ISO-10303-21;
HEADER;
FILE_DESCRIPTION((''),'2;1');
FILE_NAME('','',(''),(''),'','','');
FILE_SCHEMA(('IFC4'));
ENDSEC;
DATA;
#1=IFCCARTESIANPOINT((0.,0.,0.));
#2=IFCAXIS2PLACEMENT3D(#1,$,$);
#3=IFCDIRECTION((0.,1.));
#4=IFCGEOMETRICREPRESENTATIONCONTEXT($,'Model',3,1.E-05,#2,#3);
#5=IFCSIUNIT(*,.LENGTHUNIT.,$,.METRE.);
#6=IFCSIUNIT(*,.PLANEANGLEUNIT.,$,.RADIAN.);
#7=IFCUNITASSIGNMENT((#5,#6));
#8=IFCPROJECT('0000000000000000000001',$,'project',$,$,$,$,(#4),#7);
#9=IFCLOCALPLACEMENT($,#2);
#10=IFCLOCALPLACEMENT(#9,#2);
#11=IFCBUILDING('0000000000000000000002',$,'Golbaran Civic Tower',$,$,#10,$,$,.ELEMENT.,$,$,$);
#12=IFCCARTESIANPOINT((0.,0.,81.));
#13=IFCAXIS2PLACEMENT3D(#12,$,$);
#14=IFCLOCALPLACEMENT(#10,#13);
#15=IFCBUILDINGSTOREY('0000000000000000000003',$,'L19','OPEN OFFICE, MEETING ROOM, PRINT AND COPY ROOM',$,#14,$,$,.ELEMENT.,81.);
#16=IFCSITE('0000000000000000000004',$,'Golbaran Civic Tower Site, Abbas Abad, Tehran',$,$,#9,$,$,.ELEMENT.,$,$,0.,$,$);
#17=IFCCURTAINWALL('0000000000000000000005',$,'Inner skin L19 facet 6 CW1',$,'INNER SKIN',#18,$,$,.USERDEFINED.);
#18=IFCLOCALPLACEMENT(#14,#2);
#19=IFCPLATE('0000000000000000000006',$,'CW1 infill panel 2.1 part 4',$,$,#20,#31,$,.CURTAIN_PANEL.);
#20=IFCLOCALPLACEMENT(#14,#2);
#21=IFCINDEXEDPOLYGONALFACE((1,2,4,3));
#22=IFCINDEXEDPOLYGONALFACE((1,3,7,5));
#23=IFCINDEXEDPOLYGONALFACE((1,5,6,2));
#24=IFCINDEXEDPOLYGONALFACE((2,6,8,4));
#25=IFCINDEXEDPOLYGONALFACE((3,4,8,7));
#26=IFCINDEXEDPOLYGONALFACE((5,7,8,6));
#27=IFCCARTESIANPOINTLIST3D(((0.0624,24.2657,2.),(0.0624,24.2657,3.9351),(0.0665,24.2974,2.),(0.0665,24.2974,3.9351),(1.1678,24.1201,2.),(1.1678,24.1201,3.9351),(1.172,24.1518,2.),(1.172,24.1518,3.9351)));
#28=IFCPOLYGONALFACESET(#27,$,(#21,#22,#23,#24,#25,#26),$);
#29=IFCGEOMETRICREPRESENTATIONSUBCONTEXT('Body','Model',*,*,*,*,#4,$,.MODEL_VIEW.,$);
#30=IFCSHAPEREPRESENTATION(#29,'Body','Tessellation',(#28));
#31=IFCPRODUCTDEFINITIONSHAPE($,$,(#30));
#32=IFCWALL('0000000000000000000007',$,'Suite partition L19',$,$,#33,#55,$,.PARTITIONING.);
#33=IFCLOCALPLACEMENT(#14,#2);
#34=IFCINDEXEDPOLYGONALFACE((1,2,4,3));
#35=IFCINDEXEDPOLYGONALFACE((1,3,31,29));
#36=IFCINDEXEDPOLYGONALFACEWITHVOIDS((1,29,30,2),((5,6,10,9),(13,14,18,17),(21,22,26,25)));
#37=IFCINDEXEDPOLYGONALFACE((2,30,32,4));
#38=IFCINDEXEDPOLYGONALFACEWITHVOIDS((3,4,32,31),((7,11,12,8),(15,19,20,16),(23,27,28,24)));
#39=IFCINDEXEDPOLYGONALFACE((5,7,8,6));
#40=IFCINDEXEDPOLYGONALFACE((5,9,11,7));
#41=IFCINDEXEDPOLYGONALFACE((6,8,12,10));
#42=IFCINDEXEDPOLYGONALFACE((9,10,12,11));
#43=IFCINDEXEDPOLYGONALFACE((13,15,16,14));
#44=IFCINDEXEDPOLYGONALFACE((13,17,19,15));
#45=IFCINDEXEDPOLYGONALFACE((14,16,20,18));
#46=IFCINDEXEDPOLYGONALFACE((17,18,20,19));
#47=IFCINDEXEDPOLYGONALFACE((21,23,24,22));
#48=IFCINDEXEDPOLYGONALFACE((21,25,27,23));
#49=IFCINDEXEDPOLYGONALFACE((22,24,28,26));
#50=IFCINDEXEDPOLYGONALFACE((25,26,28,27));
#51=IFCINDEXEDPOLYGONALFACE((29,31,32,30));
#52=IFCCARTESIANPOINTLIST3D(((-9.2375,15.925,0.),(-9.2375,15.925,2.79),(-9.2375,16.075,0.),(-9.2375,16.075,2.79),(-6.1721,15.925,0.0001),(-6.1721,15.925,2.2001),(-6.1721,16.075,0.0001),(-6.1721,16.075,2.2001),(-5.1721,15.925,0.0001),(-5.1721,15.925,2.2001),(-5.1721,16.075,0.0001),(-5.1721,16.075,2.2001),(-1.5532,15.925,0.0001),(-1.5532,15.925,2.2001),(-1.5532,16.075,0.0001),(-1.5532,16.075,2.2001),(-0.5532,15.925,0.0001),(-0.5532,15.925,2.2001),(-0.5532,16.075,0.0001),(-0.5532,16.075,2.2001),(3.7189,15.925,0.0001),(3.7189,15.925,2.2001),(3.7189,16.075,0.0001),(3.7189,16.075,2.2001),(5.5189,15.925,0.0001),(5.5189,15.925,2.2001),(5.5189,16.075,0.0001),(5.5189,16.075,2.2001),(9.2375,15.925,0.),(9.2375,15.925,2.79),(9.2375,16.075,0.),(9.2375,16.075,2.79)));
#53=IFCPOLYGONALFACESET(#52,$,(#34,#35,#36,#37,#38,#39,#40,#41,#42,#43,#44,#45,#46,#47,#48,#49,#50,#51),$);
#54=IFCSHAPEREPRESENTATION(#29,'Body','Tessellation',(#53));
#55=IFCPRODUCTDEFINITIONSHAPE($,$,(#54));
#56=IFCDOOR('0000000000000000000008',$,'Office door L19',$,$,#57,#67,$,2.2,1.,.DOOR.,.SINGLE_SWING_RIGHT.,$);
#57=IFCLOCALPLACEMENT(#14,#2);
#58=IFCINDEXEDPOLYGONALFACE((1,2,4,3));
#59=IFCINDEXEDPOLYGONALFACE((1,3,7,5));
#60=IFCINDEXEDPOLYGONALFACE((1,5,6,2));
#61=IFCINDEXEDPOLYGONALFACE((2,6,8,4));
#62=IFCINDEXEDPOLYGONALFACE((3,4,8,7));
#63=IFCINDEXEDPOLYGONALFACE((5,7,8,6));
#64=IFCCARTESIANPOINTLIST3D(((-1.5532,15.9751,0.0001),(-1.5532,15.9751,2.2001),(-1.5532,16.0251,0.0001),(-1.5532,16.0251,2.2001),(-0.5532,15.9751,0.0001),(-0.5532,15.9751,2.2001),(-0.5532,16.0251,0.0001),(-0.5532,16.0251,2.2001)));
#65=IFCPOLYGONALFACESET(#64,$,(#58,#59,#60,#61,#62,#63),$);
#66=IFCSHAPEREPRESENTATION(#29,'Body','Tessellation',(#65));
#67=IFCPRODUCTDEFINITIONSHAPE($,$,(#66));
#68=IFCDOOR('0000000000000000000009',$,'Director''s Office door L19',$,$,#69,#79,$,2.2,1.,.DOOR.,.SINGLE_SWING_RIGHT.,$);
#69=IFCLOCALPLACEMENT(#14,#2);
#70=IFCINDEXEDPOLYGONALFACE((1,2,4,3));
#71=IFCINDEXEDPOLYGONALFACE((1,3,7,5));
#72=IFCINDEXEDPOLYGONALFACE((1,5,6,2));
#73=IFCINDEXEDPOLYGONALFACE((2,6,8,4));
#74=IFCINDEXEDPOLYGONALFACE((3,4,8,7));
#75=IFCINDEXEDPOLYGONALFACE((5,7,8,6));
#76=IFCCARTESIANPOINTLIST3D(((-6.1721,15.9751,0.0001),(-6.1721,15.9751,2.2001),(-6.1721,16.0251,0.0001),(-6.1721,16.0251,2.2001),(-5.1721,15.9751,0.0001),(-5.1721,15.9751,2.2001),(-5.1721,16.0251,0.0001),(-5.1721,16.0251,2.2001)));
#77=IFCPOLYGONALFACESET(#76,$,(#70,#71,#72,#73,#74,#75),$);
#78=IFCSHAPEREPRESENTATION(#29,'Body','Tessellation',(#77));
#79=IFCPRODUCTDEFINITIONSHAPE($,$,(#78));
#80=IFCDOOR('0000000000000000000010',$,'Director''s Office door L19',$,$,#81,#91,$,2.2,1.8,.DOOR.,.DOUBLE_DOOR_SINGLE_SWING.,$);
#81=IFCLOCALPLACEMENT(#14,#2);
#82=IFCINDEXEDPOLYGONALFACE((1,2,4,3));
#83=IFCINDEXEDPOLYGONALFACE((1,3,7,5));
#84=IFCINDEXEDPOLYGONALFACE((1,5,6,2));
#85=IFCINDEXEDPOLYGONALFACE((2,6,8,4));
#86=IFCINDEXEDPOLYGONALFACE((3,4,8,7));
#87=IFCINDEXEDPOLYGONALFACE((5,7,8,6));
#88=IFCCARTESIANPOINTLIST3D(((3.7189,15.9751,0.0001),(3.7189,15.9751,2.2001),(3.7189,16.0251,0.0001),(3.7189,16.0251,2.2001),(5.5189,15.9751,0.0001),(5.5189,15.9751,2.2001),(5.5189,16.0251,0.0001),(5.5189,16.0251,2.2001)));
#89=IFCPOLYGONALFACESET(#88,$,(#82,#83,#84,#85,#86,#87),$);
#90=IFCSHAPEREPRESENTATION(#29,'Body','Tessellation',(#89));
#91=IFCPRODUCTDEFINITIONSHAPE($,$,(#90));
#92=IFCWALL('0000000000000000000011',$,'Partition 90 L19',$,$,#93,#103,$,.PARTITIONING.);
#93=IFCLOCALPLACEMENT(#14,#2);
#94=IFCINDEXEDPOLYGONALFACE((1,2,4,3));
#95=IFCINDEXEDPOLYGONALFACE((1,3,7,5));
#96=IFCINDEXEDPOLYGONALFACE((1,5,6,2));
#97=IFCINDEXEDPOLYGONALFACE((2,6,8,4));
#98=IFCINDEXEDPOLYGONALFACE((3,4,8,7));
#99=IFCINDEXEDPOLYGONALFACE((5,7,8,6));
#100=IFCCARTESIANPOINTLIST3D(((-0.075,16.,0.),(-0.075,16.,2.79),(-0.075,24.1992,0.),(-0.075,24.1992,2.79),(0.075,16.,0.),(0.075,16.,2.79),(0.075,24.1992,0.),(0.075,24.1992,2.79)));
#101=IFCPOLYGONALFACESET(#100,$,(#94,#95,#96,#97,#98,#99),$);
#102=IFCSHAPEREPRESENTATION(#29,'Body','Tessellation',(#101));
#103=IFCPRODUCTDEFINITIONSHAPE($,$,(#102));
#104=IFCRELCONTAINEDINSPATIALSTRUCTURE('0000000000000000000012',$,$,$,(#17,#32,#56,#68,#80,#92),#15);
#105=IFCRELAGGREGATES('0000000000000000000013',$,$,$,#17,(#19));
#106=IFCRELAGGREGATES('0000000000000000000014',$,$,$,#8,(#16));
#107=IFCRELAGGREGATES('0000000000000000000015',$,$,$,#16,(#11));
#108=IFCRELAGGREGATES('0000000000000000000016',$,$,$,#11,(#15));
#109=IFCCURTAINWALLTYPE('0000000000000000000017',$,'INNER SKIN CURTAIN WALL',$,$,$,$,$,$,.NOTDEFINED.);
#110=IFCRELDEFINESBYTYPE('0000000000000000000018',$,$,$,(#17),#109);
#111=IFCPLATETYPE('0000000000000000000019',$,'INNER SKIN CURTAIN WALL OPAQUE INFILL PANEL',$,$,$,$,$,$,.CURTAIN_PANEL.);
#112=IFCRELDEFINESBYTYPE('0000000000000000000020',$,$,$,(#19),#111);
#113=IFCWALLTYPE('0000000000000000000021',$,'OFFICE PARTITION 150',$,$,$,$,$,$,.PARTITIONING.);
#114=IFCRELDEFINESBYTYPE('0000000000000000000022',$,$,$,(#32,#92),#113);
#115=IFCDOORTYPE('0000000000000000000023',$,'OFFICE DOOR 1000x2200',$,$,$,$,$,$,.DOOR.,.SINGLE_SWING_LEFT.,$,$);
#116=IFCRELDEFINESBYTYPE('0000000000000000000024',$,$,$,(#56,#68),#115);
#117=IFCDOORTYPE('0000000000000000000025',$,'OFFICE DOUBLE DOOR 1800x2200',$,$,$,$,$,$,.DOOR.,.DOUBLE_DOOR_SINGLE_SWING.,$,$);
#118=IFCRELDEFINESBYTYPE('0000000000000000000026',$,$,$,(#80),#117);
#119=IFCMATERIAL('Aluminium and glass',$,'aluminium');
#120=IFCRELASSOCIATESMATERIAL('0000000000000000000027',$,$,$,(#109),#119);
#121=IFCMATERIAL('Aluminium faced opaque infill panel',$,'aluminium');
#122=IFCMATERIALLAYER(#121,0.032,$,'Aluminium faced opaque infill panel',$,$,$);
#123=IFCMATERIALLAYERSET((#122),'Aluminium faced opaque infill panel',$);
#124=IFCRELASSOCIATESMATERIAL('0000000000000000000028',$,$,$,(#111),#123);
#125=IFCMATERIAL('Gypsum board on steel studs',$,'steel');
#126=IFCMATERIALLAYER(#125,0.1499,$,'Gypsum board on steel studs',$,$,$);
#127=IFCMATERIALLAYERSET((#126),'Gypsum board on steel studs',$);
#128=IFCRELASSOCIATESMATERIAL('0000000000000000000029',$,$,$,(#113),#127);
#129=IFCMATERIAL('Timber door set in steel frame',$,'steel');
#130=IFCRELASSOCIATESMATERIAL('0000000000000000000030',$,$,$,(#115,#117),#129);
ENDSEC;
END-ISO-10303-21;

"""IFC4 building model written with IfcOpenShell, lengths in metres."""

from ifc_helpers import new_model, si_unit, direction, frame, frame_2d, origin, origin_2d, place, context, subcontext, project, spatial, rectangle, extrude, material, layer, layer_set, type_object, element, fill, aggregate, save


model = new_model("IFC4")

# Units and contexts
model_context = context("Model", 3, precision=1e-05, world=origin(), true_north=direction((0.0, 1.0)))
body_context = subcontext(model_context, "Body", "Model", "MODEL_VIEW")
ifc_project = project(units=[si_unit("LENGTHUNIT", "METRE"), si_unit("PLANEANGLEUNIT", "RADIAN")], contexts=[model_context])

# Site, building, storey
site_placement = place(None, origin())
site = spatial("IfcSite", under=ifc_project, at=site_placement, Name="Golbaran Civic Tower Site, Abbas Abad, Tehran", CompositionType="ELEMENT", RefElevation=0.0)
building_placement = place(site_placement, origin())
building = spatial("IfcBuilding", under=site, at=building_placement, Name="Golbaran Civic Tower", CompositionType="ELEMENT")
storey_placement = place(building_placement, frame((0.0, 0.0, 81.0)))
storey = spatial("IfcBuildingStorey", under=building, at=storey_placement, Name="L19", Description="OPEN OFFICE, MEETING ROOM, PRINT AND COPY ROOM", CompositionType="ELEMENT", Elevation=81.0)

# Curtain wall
ifc_material_1 = material(Name="Aluminium and glass", Category="aluminium")
curtain_wall_type = type_object("IfcCurtainWallType", Name="INNER SKIN CURTAIN WALL", PredefinedType="NOTDEFINED", material=ifc_material_1)
curtain_wall_1_placement = place(storey_placement, origin())
curtain_wall_1 = element("IfcCurtainWall", 1, at=curtain_wall_1_placement, inside=storey, type_object=curtain_wall_type, Name="Inner skin L19 facet 6 CW1", ObjectType="INNER SKIN", PredefinedType="USERDEFINED")

# Plate
ifc_material_2 = material(Name="Aluminium faced opaque infill panel", Category="aluminium")
ifc_layer_1 = layer(ifc_material_2, 0.032, Name="Aluminium faced opaque infill panel")
ifc_layer_set_1 = layer_set([ifc_layer_1], Name="Aluminium faced opaque infill panel")
plate_type_1 = type_object("IfcPlateType", Name="INNER SKIN CURTAIN WALL OPAQUE INFILL PANEL", PredefinedType="CURTAIN_PANEL", material=ifc_layer_set_1)
plate_1_placement = place(storey_placement, frame((0.6172, 24.2087, 2.0), z_axis=(0.0, 0.0, 1.0), x_axis=(-0.991445, 0.130526, 0.0)))
plate_1 = element("IfcPlate", 2, at=plate_1_placement, type_object=plate_type_1, Name="CW1 infill panel 2.1 part 4", PredefinedType="CURTAIN_PANEL", context=body_context, shape_type="SweptSolid", body=[
    extrude(rectangle(XDim=1.115, YDim=0.032, at=origin_2d()), origin(), (0.0, 0.0, 1.0), 1.9351),
])
aggregate(curtain_wall_1, [plate_1])

# Wall, openings, doors
ifc_material_3 = material(Name="Gypsum board on steel studs", Category="steel")
ifc_layer_2 = layer(ifc_material_3, 0.1499, Name="Gypsum board on steel studs")
ifc_layer_set_2 = layer_set([ifc_layer_2], Name="Gypsum board on steel studs")
wall_type = type_object("IfcWallType", Name="OFFICE PARTITION 150", PredefinedType="PARTITIONING", material=ifc_layer_set_2)
wall_1_placement = place(storey_placement, frame((9.2375, 16.0, 0.0), z_axis=(0.0, 0.0, 1.0), x_axis=(-1.0, 0.0, 0.0)))
wall_1 = element("IfcWall", 3, at=wall_1_placement, inside=storey, type_object=wall_type, Name="Suite partition L19", PredefinedType="PARTITIONING", context=body_context, shape_type="SweptSolid", body=[
    extrude(rectangle(XDim=18.4751, YDim=0.1499, at=frame_2d((9.2375, 0.0))), origin(), (0.0, 0.0, 1.0), 2.79),
])
opening_1_placement = place(wall_1_placement, frame((3.7188, 0.0, 0.0)))
opening_1 = element("IfcOpeningElement", 4, at=opening_1_placement, cuts=wall_1, PredefinedType="OPENING", context=body_context, shape_type="SweptSolid", body=[
    extrude(rectangle(XDim=1.8, YDim=2.2, at=frame_2d((0.8999, 1.1001))), frame((0.0, 0.085, 0.0), z_axis=(0.0, -1.0, 0.0), x_axis=(1.0, 0.0, 0.0)), (0.0, 0.0, 1.0), 0.1699),
])
opening_2_placement = place(wall_1_placement, frame((9.7908, 0.0, 0.0)))
opening_2 = element("IfcOpeningElement", 5, at=opening_2_placement, cuts=wall_1, PredefinedType="OPENING", context=body_context, shape_type="SweptSolid", body=[
    extrude(rectangle(XDim=1.0, YDim=2.2, at=frame_2d((0.5, 1.1001))), frame((0.0, 0.085, 0.0), z_axis=(0.0, -1.0, 0.0), x_axis=(1.0, 0.0, 0.0)), (0.0, 0.0, 1.0), 0.1699),
])
opening_3_placement = place(wall_1_placement, frame((14.4097, 0.0, 0.0)))
opening_3 = element("IfcOpeningElement", 6, at=opening_3_placement, cuts=wall_1, PredefinedType="OPENING", context=body_context, shape_type="SweptSolid", body=[
    extrude(rectangle(XDim=1.0, YDim=2.2, at=frame_2d((0.5, 1.1001))), frame((0.0, 0.085, 0.0), z_axis=(0.0, -1.0, 0.0), x_axis=(1.0, 0.0, 0.0)), (0.0, 0.0, 1.0), 0.1699),
])
ifc_material_4 = material(Name="Timber door set in steel frame", Category="steel")
door_type_1 = type_object("IfcDoorType", Name="OFFICE DOOR 1000x2200", OperationType="SINGLE_SWING_LEFT", PredefinedType="DOOR", material=ifc_material_4)
door_1_placement = place(opening_2_placement, origin())
door_1 = element("IfcDoor", 7, at=door_1_placement, inside=storey, type_object=door_type_1, Name="Office door L19", OperationType="SINGLE_SWING_RIGHT", OverallHeight=2.2, OverallWidth=1.0, PredefinedType="DOOR", context=body_context, shape_type="SweptSolid", body=[
    extrude(rectangle(XDim=1.0, YDim=2.2, at=frame_2d((0.5, 1.1001))), frame((0.0, 0.0249, 0.0), z_axis=(0.0, -1.0, 0.0), x_axis=(1.0, 0.0, 0.0)), (0.0, 0.0, 1.0), 0.05),
])
fill(opening_2, door_1)
door_2_placement = place(opening_3_placement, origin())
door_2 = element("IfcDoor", 8, at=door_2_placement, inside=storey, type_object=door_type_1, Name="Director's Office door L19", OperationType="SINGLE_SWING_RIGHT", OverallHeight=2.2, OverallWidth=1.0, PredefinedType="DOOR", context=body_context, shape_type="SweptSolid", body=[
    extrude(rectangle(XDim=1.0, YDim=2.2, at=frame_2d((0.5, 1.1001))), frame((0.0, 0.0249, 0.0), z_axis=(0.0, -1.0, 0.0), x_axis=(1.0, 0.0, 0.0)), (0.0, 0.0, 1.0), 0.05),
])
fill(opening_3, door_2)
door_type_2 = type_object("IfcDoorType", Name="OFFICE DOUBLE DOOR 1800x2200", OperationType="DOUBLE_DOOR_SINGLE_SWING", PredefinedType="DOOR", material=ifc_material_4)
door_3_placement = place(opening_1_placement, origin())
door_3 = element("IfcDoor", 9, at=door_3_placement, inside=storey, type_object=door_type_2, Name="Director's Office door L19", OperationType="DOUBLE_DOOR_SINGLE_SWING", OverallHeight=2.2, OverallWidth=1.8, PredefinedType="DOOR", context=body_context, shape_type="SweptSolid", body=[
    extrude(rectangle(XDim=1.8, YDim=2.2, at=frame_2d((0.8999, 1.1001))), frame((0.0, 0.0249, 0.0), z_axis=(0.0, -1.0, 0.0), x_axis=(1.0, 0.0, 0.0)), (0.0, 0.0, 1.0), 0.05),
])
fill(opening_1, door_3)

# Wall
wall_2_placement = place(storey_placement, frame((0.0, 16.0, 0.0), z_axis=(0.0, 0.0, 1.0), x_axis=(0.0, 1.0, 0.0)))
element("IfcWall", 10, at=wall_2_placement, inside=storey, type_object=wall_type, Name="Partition 90 L19", PredefinedType="PARTITIONING", context=body_context, shape_type="SweptSolid", body=[
    extrude(rectangle(XDim=8.1992, YDim=0.1499, at=frame_2d((4.0996, 0.0))), origin(), (0.0, 0.0, 1.0), 2.79),
])

save(model, "model.ifc")
